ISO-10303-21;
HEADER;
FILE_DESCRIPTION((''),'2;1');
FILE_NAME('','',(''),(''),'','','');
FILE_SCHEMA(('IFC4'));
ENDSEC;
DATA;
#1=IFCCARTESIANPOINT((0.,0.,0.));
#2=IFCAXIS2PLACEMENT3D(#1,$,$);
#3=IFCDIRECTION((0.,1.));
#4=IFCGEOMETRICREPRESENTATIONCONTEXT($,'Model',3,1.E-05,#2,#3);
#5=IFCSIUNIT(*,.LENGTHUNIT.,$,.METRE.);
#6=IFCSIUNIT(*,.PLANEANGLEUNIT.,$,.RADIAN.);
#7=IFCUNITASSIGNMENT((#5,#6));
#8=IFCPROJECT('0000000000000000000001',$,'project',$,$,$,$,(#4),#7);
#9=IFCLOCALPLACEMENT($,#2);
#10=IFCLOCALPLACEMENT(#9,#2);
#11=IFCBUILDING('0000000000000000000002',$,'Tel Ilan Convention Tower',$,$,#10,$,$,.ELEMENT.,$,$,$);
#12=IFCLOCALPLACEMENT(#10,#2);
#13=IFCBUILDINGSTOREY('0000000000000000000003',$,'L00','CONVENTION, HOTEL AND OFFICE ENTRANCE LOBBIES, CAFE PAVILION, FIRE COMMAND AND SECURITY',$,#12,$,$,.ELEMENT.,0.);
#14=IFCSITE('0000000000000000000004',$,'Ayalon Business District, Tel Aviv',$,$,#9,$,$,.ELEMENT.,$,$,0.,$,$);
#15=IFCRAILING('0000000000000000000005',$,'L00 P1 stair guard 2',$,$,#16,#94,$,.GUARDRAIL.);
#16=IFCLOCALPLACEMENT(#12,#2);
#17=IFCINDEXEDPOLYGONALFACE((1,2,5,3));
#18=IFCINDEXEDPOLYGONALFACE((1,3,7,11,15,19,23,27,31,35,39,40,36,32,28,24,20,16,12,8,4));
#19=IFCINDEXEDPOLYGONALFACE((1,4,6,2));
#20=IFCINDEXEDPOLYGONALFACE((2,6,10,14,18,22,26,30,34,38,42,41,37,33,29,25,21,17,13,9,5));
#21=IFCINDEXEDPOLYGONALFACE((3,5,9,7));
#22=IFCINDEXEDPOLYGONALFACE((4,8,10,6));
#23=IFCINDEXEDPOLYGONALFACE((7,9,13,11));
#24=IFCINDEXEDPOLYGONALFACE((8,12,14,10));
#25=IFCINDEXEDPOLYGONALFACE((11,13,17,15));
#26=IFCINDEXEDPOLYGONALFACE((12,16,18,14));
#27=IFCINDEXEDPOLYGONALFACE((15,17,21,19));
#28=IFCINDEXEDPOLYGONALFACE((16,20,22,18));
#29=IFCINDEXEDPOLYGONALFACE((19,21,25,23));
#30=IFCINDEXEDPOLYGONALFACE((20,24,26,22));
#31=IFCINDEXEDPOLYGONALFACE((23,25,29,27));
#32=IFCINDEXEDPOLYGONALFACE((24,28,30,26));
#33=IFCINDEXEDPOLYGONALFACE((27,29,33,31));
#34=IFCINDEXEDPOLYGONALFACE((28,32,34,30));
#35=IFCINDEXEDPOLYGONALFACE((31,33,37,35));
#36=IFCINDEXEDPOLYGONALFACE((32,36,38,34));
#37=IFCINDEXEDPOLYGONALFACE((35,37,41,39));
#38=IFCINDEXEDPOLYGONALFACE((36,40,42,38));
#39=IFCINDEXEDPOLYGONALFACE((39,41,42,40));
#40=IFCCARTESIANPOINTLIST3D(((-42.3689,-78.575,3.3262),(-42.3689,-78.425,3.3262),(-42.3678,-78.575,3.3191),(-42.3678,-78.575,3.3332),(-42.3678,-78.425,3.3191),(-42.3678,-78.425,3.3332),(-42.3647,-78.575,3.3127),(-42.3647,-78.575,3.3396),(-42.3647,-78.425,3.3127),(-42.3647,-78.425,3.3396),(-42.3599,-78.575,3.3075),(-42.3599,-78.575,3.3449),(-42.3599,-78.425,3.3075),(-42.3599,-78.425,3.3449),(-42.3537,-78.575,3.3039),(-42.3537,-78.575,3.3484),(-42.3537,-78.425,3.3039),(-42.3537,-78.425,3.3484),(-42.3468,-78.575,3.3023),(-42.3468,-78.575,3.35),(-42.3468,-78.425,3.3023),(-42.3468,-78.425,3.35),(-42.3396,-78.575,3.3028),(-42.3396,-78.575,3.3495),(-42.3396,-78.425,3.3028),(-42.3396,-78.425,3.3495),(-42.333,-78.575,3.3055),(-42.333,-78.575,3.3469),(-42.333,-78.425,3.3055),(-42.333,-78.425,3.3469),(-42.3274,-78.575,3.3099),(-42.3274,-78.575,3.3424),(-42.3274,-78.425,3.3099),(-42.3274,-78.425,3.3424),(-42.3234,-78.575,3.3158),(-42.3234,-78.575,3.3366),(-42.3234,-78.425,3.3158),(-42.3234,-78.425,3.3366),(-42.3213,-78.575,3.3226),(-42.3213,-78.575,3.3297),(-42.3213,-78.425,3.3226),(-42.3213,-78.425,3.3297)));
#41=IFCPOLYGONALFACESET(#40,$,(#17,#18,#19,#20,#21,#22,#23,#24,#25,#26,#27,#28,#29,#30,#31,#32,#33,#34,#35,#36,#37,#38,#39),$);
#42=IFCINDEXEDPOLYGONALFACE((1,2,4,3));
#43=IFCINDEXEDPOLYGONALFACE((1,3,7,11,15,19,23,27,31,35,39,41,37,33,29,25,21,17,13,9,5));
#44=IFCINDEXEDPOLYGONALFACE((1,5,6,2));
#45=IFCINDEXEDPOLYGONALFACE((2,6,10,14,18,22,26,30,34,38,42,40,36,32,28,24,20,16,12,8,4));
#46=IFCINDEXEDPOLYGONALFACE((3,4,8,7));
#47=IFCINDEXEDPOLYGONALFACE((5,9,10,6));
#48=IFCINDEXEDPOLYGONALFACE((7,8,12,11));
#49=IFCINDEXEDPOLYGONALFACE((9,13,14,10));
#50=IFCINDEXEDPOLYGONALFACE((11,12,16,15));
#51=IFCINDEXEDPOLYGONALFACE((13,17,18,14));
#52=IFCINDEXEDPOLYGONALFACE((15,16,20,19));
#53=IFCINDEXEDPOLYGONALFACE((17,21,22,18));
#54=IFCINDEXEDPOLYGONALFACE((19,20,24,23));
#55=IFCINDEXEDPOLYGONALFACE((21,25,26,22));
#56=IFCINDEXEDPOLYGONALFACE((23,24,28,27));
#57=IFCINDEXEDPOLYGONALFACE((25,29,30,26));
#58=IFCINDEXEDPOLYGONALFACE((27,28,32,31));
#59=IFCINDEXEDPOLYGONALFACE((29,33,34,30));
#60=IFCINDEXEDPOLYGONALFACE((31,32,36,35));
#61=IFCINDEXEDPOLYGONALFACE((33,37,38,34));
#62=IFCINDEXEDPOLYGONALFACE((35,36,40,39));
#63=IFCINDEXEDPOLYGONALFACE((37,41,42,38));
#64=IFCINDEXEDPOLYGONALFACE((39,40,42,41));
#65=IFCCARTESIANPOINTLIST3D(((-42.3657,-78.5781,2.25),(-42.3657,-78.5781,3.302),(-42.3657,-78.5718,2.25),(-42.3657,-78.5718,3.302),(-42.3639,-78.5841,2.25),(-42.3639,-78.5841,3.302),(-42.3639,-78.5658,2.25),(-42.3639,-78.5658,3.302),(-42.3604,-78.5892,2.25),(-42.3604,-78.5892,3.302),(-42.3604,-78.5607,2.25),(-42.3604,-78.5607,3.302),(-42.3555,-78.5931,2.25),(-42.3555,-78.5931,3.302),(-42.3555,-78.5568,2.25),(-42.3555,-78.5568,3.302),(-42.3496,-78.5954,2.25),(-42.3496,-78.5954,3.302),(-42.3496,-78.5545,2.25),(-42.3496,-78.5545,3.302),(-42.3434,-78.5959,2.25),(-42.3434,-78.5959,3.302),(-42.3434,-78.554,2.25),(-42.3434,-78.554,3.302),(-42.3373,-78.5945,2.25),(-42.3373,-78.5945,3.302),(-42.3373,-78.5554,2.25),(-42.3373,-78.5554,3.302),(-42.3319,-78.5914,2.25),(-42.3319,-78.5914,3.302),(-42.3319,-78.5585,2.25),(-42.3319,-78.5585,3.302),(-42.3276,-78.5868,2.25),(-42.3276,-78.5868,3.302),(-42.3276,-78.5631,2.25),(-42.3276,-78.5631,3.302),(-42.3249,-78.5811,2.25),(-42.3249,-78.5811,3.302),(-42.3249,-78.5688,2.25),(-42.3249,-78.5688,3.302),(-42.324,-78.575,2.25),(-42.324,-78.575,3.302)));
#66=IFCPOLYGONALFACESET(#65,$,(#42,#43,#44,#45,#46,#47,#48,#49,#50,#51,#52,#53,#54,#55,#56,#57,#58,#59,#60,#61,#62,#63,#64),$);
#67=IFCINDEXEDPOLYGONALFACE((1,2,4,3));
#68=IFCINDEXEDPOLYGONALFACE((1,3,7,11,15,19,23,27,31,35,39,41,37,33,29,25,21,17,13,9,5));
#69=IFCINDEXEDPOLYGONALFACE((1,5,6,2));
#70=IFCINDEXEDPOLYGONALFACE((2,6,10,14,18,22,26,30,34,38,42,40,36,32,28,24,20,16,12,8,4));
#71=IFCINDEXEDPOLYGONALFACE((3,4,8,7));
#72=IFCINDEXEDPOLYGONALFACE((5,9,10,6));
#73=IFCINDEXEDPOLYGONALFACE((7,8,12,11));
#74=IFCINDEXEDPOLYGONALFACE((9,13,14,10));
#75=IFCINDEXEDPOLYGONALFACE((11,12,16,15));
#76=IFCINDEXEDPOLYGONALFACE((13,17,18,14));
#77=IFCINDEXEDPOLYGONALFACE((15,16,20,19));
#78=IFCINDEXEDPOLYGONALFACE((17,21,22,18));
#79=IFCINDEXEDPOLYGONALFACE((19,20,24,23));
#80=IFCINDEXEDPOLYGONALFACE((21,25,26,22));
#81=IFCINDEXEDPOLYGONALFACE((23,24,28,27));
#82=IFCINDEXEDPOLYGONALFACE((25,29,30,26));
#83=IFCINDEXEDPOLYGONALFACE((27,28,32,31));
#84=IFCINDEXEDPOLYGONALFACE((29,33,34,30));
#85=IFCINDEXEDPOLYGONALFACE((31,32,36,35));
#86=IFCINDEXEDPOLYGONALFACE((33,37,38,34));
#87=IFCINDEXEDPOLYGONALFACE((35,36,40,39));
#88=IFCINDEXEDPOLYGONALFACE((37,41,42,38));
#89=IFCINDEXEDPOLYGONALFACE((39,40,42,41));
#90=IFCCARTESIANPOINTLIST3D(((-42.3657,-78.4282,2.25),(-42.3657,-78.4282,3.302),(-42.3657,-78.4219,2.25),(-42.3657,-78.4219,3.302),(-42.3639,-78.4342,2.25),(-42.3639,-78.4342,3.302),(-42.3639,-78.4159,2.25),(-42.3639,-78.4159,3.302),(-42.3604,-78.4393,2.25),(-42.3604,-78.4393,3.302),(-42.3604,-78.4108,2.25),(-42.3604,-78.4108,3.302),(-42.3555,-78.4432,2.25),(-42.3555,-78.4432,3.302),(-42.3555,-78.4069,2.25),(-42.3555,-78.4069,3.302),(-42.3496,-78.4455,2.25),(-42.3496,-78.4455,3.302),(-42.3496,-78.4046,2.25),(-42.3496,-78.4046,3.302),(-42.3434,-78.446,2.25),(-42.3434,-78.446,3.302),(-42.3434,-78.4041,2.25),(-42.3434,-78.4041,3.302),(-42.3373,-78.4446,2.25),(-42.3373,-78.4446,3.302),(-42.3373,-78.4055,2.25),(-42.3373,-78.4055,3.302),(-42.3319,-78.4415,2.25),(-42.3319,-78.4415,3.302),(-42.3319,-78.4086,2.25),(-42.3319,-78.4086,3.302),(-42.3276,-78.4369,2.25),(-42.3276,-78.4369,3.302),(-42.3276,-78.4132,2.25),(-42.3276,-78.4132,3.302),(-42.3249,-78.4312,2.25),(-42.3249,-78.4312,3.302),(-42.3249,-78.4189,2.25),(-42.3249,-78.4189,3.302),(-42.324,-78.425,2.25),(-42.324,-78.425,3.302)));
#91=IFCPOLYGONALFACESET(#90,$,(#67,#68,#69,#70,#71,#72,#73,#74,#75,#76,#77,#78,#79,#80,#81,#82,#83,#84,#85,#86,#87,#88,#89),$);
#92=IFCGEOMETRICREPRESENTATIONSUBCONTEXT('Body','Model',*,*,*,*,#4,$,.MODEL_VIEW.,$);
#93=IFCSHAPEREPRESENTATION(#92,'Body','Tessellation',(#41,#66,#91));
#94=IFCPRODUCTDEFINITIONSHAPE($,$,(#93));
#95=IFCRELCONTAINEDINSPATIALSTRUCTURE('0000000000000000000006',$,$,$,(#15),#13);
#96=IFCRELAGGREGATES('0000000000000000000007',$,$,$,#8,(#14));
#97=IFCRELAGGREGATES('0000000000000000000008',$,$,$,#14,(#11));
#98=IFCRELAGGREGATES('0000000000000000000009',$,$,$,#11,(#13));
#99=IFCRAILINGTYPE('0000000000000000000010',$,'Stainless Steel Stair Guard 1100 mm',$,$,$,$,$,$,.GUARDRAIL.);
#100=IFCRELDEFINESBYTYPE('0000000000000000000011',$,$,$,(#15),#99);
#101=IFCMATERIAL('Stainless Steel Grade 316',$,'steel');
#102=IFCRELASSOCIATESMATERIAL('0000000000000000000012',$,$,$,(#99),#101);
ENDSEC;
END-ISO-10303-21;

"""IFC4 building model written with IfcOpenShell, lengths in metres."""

from ifc_helpers import new_model, si_unit, direction, frame, origin, origin_2d, place, context, subcontext, project, spatial, circle, extrude, material, type_object, element, save


model = new_model("IFC4")

# Units and contexts
model_context = context("Model", 3, precision=1e-05, world=origin(), true_north=direction((0.0, 1.0)))
body_context = subcontext(model_context, "Body", "Model", "MODEL_VIEW")
ifc_project = project(units=[si_unit("LENGTHUNIT", "METRE"), si_unit("PLANEANGLEUNIT", "RADIAN")], contexts=[model_context])

# Site, building, storey
site_placement = place(None, origin())
site = spatial("IfcSite", under=ifc_project, at=site_placement, Name="Ayalon Business District, Tel Aviv", CompositionType="ELEMENT", RefElevation=0.0)
building_placement = place(site_placement, origin())
building = spatial("IfcBuilding", under=site, at=building_placement, Name="Tel Ilan Convention Tower", CompositionType="ELEMENT")
storey_placement = place(building_placement, origin())
storey = spatial("IfcBuildingStorey", under=building, at=storey_placement, Name="L00", Description="CONVENTION, HOTEL AND OFFICE ENTRANCE LOBBIES, CAFE PAVILION, FIRE COMMAND AND SECURITY", CompositionType="ELEMENT", Elevation=0.0)

# Railing
ifc_material_1 = material(Name="Stainless Steel Grade 316", Category="steel")
railing_type_1 = type_object("IfcRailingType", Name="Stainless Steel Stair Guard 1100 mm", PredefinedType="GUARDRAIL", material=ifc_material_1)
railing_1_placement = place(storey_placement, frame((-42.345, -78.575, 2.25)))
element("IfcRailing", 1, at=railing_1_placement, inside=storey, type_object=railing_type_1, Name="L00 P1 stair guard 2", PredefinedType="GUARDRAIL", context=body_context, shape_type="SweptSolid", body=[
    extrude(circle(Radius=0.0239, at=origin_2d()), frame((0.0, 0.0, 1.0762), z_axis=(0.0, 1.0, 0.0), x_axis=(-1.0, 0.0, 0.0)), (0.0, 0.0, 1.0), 0.1499),
    extrude(circle(Radius=0.021, at=origin_2d()), origin(), (0.0, 0.0, 1.0), 1.052),
    extrude(circle(Radius=0.021, at=origin_2d()), frame((0.0, 0.1499, 0.0)), (0.0, 0.0, 1.0), 1.052),
])

save(model, "model.ifc")
